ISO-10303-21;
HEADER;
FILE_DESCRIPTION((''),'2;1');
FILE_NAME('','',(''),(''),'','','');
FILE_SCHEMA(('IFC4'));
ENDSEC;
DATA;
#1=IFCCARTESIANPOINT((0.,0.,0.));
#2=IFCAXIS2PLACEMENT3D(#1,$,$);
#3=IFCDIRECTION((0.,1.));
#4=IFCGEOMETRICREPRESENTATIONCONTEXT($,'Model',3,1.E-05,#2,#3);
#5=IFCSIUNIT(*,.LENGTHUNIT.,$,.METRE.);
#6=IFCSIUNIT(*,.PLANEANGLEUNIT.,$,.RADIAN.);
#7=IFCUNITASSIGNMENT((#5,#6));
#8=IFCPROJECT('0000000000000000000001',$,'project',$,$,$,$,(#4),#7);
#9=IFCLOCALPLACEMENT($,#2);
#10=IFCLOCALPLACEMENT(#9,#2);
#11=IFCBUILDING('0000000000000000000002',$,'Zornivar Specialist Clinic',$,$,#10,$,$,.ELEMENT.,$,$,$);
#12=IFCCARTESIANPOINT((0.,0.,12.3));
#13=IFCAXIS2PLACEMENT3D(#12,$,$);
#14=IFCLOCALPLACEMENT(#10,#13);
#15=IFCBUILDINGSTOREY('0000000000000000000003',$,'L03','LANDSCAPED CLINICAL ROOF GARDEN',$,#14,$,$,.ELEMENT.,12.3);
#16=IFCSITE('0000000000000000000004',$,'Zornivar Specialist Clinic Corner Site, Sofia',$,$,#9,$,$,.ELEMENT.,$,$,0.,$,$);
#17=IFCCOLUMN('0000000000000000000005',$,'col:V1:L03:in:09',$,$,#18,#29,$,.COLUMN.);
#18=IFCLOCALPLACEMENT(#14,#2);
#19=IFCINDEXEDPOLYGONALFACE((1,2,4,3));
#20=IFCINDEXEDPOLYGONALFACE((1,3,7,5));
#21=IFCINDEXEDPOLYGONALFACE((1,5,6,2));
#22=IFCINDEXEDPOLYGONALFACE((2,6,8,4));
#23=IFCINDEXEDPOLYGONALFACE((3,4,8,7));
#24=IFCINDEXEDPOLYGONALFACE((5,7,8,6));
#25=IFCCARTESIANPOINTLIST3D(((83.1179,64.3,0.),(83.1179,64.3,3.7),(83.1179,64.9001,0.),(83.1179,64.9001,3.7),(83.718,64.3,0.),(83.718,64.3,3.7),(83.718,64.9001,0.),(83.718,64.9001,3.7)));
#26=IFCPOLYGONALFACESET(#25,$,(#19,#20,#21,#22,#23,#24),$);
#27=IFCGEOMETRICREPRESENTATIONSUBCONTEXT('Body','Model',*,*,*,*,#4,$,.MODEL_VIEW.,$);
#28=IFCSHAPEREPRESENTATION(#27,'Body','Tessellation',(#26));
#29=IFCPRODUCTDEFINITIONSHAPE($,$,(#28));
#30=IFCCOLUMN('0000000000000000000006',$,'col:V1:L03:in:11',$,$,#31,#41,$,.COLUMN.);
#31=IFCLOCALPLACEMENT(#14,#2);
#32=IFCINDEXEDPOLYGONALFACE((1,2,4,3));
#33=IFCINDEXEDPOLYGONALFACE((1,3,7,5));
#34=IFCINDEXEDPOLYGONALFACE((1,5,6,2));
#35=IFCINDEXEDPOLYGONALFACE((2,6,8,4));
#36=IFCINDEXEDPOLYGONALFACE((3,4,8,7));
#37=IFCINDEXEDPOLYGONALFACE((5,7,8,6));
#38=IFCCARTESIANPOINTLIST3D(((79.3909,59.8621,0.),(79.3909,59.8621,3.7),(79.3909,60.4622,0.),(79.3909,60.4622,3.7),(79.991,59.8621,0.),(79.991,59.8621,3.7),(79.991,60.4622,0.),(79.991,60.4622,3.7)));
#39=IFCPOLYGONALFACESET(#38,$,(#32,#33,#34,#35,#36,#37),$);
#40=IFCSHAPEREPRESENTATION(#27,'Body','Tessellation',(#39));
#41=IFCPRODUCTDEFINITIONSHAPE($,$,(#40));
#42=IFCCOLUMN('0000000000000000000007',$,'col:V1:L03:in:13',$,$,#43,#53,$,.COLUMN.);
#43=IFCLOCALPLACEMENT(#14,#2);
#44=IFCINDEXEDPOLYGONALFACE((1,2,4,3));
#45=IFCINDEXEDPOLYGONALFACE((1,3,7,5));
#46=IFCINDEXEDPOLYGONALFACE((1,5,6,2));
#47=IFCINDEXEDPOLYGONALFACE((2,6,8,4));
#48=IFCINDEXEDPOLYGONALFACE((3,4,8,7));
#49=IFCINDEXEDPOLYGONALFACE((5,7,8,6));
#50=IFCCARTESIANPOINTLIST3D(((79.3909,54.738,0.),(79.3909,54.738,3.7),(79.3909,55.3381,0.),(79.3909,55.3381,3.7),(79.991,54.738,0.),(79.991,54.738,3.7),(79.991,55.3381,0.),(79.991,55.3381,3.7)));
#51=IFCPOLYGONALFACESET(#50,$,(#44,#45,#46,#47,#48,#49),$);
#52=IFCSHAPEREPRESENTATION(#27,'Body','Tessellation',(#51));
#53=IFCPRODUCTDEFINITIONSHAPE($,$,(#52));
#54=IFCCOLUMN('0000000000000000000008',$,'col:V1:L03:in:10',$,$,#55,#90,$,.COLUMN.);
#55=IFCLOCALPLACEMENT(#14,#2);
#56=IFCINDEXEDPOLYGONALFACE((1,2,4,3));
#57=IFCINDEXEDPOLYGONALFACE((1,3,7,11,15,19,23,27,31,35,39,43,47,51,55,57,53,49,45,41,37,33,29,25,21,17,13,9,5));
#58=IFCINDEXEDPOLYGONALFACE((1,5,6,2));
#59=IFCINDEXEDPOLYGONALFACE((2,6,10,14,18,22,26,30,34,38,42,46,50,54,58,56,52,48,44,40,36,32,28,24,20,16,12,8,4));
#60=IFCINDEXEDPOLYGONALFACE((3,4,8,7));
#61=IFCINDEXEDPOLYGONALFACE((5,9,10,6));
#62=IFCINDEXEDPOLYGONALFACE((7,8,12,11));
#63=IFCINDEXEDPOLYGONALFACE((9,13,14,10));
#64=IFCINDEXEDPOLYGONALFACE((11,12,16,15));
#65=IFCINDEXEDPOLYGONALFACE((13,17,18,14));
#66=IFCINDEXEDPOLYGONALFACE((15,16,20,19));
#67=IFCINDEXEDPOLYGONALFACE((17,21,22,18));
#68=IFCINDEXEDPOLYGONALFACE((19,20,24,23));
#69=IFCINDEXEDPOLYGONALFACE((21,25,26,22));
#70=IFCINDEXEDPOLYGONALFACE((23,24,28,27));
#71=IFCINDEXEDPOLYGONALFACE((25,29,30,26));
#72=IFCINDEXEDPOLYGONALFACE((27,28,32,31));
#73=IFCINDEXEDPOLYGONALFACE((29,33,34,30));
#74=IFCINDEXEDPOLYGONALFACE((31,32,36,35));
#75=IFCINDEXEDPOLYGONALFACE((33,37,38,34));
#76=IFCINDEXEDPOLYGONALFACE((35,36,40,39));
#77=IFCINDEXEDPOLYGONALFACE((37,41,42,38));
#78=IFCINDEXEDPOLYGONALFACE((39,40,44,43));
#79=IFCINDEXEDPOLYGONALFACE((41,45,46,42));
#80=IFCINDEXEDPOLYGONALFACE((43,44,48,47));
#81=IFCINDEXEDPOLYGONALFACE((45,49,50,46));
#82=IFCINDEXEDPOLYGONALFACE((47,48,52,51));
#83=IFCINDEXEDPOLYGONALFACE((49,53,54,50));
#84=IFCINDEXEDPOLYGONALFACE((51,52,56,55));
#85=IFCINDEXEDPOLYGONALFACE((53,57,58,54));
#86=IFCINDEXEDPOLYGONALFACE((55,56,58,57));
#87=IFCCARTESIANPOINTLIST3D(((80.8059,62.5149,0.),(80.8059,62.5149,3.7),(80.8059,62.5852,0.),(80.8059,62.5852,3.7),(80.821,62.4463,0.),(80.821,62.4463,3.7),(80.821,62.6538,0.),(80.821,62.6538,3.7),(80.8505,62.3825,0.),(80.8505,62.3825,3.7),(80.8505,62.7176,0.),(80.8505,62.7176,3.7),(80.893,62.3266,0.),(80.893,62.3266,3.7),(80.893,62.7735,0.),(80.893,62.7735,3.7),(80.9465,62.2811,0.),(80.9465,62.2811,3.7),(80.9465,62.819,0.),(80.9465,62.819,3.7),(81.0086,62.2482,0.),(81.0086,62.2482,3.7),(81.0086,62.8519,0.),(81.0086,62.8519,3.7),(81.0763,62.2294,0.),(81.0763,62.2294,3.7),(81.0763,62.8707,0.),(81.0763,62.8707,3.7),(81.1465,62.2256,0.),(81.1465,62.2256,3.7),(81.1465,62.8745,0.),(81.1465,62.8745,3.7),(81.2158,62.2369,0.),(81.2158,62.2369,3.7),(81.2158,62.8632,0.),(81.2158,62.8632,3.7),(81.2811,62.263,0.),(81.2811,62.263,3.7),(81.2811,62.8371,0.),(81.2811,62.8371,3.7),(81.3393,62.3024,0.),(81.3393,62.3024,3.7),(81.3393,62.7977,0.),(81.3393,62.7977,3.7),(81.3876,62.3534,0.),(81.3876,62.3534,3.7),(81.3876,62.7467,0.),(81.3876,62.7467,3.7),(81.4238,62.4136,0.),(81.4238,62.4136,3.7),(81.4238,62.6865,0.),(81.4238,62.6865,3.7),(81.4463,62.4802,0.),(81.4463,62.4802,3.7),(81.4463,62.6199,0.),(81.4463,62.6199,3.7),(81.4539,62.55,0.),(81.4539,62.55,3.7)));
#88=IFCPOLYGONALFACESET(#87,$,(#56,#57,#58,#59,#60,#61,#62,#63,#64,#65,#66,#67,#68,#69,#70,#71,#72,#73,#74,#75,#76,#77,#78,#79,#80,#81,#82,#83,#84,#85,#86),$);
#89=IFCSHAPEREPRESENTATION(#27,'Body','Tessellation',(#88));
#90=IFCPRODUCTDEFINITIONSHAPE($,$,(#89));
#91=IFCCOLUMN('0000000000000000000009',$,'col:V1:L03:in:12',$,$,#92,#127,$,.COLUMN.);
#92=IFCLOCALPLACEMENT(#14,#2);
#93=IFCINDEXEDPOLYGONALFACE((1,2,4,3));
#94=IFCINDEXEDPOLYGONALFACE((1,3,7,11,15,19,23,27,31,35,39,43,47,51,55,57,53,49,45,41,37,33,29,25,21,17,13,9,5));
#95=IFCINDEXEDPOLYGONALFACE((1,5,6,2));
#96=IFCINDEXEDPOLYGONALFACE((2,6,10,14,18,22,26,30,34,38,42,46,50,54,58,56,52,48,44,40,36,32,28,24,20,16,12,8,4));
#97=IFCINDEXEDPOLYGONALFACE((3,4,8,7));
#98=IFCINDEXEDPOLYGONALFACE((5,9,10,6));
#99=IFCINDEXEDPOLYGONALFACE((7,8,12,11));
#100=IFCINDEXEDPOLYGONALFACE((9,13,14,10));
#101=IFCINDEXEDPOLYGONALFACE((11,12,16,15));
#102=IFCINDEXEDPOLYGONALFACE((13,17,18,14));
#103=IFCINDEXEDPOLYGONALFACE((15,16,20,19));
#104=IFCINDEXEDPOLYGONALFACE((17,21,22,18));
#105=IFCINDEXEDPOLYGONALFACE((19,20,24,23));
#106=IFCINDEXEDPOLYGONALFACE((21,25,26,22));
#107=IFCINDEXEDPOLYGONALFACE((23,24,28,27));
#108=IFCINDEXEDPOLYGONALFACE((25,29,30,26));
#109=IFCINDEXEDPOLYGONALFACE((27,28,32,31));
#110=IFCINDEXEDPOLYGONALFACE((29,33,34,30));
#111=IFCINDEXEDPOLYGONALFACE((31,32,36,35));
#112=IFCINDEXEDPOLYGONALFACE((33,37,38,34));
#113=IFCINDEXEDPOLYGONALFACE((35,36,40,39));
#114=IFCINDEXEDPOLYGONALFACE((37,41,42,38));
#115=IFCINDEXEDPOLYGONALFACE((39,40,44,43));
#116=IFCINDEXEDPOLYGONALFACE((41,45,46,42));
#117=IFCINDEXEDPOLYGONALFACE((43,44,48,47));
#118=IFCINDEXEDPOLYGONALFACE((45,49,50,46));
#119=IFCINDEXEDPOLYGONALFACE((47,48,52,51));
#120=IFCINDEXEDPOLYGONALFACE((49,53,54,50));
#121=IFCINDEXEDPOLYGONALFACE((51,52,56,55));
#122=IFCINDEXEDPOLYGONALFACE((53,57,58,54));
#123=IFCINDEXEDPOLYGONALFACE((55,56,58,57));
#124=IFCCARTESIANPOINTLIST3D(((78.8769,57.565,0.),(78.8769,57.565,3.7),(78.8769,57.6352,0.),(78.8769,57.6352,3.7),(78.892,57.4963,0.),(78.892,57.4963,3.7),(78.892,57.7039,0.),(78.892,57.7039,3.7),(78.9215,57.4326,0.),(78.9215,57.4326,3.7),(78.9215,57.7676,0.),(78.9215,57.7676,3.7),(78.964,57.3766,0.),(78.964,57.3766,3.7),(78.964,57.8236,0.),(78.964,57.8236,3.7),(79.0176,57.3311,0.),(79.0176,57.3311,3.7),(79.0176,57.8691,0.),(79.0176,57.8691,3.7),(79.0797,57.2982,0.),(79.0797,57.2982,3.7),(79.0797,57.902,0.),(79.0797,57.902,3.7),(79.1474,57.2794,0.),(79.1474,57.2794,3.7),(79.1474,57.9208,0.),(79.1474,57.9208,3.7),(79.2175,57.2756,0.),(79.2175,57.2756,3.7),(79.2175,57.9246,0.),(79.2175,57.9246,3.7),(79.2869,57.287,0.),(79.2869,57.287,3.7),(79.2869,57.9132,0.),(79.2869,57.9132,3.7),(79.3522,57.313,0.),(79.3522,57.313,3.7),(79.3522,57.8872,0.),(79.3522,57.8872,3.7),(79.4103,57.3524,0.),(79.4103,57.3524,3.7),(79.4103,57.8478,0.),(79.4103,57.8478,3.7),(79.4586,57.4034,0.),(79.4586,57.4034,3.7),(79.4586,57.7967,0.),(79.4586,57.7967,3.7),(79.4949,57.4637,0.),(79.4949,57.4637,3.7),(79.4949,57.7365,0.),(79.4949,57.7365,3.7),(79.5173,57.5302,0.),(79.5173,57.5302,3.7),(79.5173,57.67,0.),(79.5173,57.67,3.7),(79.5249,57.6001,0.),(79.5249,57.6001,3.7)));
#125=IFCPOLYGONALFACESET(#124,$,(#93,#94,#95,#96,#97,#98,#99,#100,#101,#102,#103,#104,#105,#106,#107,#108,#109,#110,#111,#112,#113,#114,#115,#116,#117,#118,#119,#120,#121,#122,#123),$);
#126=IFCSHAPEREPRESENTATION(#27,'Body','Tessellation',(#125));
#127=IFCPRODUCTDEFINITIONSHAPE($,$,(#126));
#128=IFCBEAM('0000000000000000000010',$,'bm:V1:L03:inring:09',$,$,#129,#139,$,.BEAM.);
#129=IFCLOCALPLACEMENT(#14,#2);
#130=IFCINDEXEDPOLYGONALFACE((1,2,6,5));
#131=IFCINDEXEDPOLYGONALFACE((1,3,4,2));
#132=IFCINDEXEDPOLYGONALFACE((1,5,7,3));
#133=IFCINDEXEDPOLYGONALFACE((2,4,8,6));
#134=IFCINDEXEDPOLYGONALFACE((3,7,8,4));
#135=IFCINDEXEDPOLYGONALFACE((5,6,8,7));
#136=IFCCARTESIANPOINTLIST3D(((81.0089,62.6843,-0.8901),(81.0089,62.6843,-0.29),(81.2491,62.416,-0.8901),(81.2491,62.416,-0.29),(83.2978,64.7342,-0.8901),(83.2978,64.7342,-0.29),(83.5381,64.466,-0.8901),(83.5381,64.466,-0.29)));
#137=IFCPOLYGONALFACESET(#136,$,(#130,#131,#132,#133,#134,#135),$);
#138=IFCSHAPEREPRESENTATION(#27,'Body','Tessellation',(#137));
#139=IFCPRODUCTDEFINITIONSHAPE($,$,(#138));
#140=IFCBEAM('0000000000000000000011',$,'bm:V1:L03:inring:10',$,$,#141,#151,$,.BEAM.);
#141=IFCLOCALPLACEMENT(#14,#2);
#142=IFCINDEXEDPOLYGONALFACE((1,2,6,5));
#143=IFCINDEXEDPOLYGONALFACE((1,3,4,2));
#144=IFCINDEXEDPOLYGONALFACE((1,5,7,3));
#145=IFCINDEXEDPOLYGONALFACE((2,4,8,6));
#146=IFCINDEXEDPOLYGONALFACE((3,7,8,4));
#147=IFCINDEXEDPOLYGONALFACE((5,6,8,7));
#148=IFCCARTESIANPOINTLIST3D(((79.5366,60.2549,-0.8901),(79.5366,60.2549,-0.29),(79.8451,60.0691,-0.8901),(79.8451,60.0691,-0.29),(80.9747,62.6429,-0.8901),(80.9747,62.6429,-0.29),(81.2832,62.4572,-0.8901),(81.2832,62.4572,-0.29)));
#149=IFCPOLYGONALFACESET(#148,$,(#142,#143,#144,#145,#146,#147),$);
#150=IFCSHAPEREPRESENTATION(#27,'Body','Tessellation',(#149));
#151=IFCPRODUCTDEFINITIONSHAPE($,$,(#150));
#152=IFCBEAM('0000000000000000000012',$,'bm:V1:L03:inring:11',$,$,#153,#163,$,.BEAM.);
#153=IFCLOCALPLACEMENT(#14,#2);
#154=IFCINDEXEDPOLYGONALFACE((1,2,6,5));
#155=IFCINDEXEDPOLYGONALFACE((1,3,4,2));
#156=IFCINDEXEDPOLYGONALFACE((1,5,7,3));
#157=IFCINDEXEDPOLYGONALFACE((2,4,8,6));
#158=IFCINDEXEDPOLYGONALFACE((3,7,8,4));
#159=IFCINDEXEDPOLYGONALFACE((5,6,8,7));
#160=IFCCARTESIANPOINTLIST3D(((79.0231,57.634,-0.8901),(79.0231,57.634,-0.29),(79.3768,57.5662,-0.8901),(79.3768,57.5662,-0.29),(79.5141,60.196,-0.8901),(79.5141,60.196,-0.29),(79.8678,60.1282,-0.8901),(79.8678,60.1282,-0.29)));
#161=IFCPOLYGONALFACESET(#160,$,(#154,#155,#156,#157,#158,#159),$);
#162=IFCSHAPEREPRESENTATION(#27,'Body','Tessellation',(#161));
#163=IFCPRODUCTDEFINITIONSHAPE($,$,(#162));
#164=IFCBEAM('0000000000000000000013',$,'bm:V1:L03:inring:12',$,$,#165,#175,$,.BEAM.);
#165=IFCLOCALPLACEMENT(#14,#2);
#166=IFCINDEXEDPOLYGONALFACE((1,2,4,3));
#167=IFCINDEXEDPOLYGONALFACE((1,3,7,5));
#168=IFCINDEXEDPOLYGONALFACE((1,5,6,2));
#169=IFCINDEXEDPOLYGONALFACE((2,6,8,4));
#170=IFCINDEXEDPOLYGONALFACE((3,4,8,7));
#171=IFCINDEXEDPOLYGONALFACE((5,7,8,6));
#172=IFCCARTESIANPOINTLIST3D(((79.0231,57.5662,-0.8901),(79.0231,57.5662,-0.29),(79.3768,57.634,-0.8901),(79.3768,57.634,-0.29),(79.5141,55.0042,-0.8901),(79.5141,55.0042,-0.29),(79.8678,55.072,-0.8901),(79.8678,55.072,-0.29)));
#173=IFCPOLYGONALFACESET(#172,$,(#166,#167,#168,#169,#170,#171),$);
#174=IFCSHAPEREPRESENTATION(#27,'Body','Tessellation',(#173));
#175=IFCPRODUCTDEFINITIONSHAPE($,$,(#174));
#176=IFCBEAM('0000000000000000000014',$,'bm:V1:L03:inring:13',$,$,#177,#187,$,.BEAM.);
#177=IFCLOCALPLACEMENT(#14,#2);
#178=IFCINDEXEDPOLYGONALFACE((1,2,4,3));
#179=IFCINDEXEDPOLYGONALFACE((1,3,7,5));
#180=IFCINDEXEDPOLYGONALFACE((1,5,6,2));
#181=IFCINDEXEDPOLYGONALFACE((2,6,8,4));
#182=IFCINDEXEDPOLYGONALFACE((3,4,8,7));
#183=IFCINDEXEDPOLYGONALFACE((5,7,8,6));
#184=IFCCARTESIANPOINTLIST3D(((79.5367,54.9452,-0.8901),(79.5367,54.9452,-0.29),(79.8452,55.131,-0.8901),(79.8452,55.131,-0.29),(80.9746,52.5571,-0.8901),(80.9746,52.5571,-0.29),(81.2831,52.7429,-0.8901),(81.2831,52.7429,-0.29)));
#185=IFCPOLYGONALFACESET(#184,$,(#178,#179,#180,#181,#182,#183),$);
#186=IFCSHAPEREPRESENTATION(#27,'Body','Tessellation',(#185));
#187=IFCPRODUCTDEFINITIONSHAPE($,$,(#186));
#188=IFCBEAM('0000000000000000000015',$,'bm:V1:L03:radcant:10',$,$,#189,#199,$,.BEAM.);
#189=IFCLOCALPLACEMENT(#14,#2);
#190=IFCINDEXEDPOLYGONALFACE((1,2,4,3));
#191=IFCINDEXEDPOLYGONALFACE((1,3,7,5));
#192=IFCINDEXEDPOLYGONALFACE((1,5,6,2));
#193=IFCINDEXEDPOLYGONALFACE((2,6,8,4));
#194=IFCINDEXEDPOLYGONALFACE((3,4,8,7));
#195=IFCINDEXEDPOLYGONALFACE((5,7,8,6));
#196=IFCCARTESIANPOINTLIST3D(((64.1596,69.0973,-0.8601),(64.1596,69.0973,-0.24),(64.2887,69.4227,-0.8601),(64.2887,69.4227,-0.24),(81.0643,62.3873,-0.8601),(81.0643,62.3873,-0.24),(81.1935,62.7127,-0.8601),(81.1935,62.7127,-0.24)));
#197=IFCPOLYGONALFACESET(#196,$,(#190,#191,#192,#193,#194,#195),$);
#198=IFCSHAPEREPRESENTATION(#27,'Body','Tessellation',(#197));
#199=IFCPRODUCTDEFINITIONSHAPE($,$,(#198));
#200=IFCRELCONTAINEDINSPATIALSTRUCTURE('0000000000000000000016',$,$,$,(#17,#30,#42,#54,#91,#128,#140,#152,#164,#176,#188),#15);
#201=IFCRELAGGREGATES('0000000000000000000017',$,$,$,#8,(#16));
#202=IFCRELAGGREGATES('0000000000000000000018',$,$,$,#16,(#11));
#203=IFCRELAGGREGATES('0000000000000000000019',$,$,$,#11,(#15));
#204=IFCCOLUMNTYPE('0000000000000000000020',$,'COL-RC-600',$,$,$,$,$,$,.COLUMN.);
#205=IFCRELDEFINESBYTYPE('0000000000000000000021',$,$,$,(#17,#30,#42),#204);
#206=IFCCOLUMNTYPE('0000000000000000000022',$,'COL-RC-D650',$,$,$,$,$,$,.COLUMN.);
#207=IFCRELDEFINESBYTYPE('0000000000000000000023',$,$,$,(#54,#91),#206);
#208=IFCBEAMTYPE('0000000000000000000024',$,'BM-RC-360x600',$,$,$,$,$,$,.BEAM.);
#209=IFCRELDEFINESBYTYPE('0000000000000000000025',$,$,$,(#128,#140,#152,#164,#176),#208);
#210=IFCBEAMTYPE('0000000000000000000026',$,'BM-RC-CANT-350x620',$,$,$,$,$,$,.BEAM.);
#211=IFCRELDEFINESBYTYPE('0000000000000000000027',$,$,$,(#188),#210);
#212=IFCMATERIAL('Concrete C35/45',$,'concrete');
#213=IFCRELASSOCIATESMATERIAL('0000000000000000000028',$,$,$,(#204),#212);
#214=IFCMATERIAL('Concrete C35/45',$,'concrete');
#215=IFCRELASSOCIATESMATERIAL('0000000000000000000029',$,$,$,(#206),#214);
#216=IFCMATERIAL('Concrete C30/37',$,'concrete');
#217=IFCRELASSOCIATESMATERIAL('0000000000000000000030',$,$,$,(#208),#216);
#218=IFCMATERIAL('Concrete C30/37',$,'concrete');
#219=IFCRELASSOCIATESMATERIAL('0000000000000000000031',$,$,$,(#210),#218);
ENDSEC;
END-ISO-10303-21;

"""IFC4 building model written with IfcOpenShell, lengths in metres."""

from ifc_helpers import new_model, si_unit, direction, frame, origin, origin_2d, place, context, subcontext, project, spatial, rectangle, circle, extrude, material, material_profile, profile_set, type_object, element, save


model = new_model("IFC4")

# Units and contexts
model_context = context("Model", 3, precision=1e-05, world=origin(), true_north=direction((0.0, 1.0)))
body_context = subcontext(model_context, "Body", "Model", "MODEL_VIEW")
ifc_project = project(units=[si_unit("LENGTHUNIT", "METRE"), si_unit("PLANEANGLEUNIT", "RADIAN")], contexts=[model_context])

# Site, building, storey
site_placement = place(None, origin())
site = spatial("IfcSite", under=ifc_project, at=site_placement, Name="Zornivar Specialist Clinic Corner Site, Sofia", CompositionType="ELEMENT", RefElevation=0.0)
building_placement = place(site_placement, origin())
building = spatial("IfcBuilding", under=site, at=building_placement, Name="Zornivar Specialist Clinic", CompositionType="ELEMENT")
storey_placement = place(building_placement, frame((0.0, 0.0, 12.3)))
storey = spatial("IfcBuildingStorey", under=building, at=storey_placement, Name="L03", Description="LANDSCAPED CLINICAL ROOF GARDEN", CompositionType="ELEMENT", Elevation=12.3)

# Columns
ifc_material_1 = material(Name="Concrete C35/45", Category="concrete")
ifc_material_profile_1 = material_profile(ifc_material_1, rectangle(XDim=0.6001, YDim=0.6001, at=origin_2d()), Name="RC 600x600")
ifc_profile_set_1 = profile_set([ifc_material_profile_1], Name="Concrete C35/45")
column_type_1 = type_object("IfcColumnType", Name="COL-RC-600", PredefinedType="COLUMN", material=ifc_profile_set_1)
for number, where, z_axis, x_axis, name in (
    (1, (83.418, 64.6001, 0.0), (0.0, 0.0, 1.0), (1.0, 0.0, 0.0), "col:V1:L03:in:09"),
    (2, (79.6909, 60.1621, 0.0), (0.0, 0.0, 1.0), (1.0, 0.0, 0.0), "col:V1:L03:in:11"),
    (3, (79.6909, 55.0381, 0.0), (0.0, 0.0, 1.0), (1.0, 0.0, 0.0), "col:V1:L03:in:13"),
):
    element("IfcColumn", number, at=place(storey_placement, frame(where, z_axis=z_axis, x_axis=x_axis)), inside=storey, type_object=column_type_1, Name=name, PredefinedType="COLUMN", context=body_context, shape_type="SweptSolid", body=[
        extrude(rectangle(XDim=0.6001, YDim=0.6001, at=origin_2d()), origin(), (0.0, 0.0, 1.0), 3.7),
    ])
ifc_material_2 = material(Name="Concrete C35/45", Category="concrete")
ifc_material_profile_2 = material_profile(ifc_material_2, circle(Radius=0.325, at=origin_2d()), Name="RC D650")
ifc_profile_set_2 = profile_set([ifc_material_profile_2], Name="Concrete C35/45")
column_type_2 = type_object("IfcColumnType", Name="COL-RC-D650", PredefinedType="COLUMN", material=ifc_profile_set_2)
for number, where, z_axis, x_axis, name in (
    (4, (81.1289, 62.55, 0.0), (0.0, 0.0, 1.0), (1.0, 0.0, 0.0), "col:V1:L03:in:10"),
    (5, (79.2, 57.6001, 0.0), (0.0, 0.0, 1.0), (1.0, 0.0, 0.0), "col:V1:L03:in:12"),
):
    element("IfcColumn", number, at=place(storey_placement, frame(where, z_axis=z_axis, x_axis=x_axis)), inside=storey, type_object=column_type_2, Name=name, PredefinedType="COLUMN", context=body_context, shape_type="SweptSolid", body=[
        extrude(circle(Radius=0.325, at=origin_2d()), origin(), (0.0, 0.0, 1.0), 3.7),
    ])

# Beams
ifc_material_3 = material(Name="Concrete C30/37", Category="concrete")
ifc_material_profile_3 = material_profile(ifc_material_3, rectangle(XDim=0.3601, YDim=0.6001, at=origin_2d()), Name="RC 360x600")
ifc_profile_set_3 = profile_set([ifc_material_profile_3], Name="Concrete C30/37")
beam_type_1 = type_object("IfcBeamType", Name="BM-RC-360x600", PredefinedType="BEAM", material=ifc_profile_set_3)
beam_1_placement = place(storey_placement, frame((83.418, 64.6001, -0.5901), z_axis=(-0.744927, -0.667145, 0.0), x_axis=(0.667145, -0.744927, 0.0)))
element("IfcBeam", 6, at=beam_1_placement, inside=storey, type_object=beam_type_1, Name="bm:V1:L03:inring:09", PredefinedType="BEAM", context=body_context, shape_type="SweptSolid", body=[
    extrude(rectangle(XDim=0.3601, YDim=0.6001, at=origin_2d()), origin(), (0.0, 0.0, 1.0), 3.0728),
])
beam_2_placement = place(storey_placement, frame((81.1289, 62.55, -0.5901), z_axis=(-0.515873, -0.856665, 0.0), x_axis=(0.856665, -0.515873, 0.0)))
element("IfcBeam", 7, at=beam_2_placement, inside=storey, type_object=beam_type_1, Name="bm:V1:L03:inring:10", PredefinedType="BEAM", context=body_context, shape_type="SweptSolid", body=[
    extrude(rectangle(XDim=0.3601, YDim=0.6001, at=origin_2d()), origin(), (0.0, 0.0, 1.0), 2.7876),
])
for number, where, z_axis, x_axis, name in (
    (8, (79.6909, 60.1621, -0.5901), (-0.188209, -0.982129, 0.0), (0.982129, -0.188209, 0.0), "bm:V1:L03:inring:11"),
    (9, (79.2, 57.6001, -0.5901), (0.188209, -0.982129, 0.0), (0.982129, 0.188209, 0.0), "bm:V1:L03:inring:12"),
):
    element("IfcBeam", number, at=place(storey_placement, frame(where, z_axis=z_axis, x_axis=x_axis)), inside=storey, type_object=beam_type_1, Name=name, PredefinedType="BEAM", context=body_context, shape_type="SweptSolid", body=[
        extrude(rectangle(XDim=0.3601, YDim=0.6001, at=origin_2d()), origin(), (0.0, 0.0, 1.0), 2.6086),
    ])
beam_3_placement = place(storey_placement, frame((79.6909, 55.0381, -0.5901), z_axis=(0.515835, -0.856688, 0.0), x_axis=(0.856688, 0.515835, 0.0)))
element("IfcBeam", 10, at=beam_3_placement, inside=storey, type_object=beam_type_1, Name="bm:V1:L03:inring:13", PredefinedType="BEAM", context=body_context, shape_type="SweptSolid", body=[
    extrude(rectangle(XDim=0.3601, YDim=0.6001, at=origin_2d()), origin(), (0.0, 0.0, 1.0), 2.7876),
])
ifc_material_4 = material(Name="Concrete C30/37", Category="concrete")
ifc_material_profile_4 = material_profile(ifc_material_4, rectangle(XDim=0.3501, YDim=0.6201, at=origin_2d()), Name="RC 350x620")
ifc_profile_set_4 = profile_set([ifc_material_profile_4], Name="Concrete C30/37")
beam_type_2 = type_object("IfcBeamType", Name="BM-RC-CANT-350x620", PredefinedType="BEAM", material=ifc_profile_set_4)
beam_4_placement = place(storey_placement, frame((81.1289, 62.55, -0.55), z_axis=(-0.929458, 0.368927, 0.0), x_axis=(-0.368927, -0.929458, 0.0)))
element("IfcBeam", 11, at=beam_4_placement, inside=storey, type_object=beam_type_2, Name="bm:V1:L03:radcant:10", PredefinedType="BEAM", context=body_context, shape_type="SweptSolid", body=[
    extrude(rectangle(XDim=0.3501, YDim=0.6201, at=origin_2d()), origin(), (0.0, 0.0, 1.0), 18.1877),
])

save(model, "model.ifc")
